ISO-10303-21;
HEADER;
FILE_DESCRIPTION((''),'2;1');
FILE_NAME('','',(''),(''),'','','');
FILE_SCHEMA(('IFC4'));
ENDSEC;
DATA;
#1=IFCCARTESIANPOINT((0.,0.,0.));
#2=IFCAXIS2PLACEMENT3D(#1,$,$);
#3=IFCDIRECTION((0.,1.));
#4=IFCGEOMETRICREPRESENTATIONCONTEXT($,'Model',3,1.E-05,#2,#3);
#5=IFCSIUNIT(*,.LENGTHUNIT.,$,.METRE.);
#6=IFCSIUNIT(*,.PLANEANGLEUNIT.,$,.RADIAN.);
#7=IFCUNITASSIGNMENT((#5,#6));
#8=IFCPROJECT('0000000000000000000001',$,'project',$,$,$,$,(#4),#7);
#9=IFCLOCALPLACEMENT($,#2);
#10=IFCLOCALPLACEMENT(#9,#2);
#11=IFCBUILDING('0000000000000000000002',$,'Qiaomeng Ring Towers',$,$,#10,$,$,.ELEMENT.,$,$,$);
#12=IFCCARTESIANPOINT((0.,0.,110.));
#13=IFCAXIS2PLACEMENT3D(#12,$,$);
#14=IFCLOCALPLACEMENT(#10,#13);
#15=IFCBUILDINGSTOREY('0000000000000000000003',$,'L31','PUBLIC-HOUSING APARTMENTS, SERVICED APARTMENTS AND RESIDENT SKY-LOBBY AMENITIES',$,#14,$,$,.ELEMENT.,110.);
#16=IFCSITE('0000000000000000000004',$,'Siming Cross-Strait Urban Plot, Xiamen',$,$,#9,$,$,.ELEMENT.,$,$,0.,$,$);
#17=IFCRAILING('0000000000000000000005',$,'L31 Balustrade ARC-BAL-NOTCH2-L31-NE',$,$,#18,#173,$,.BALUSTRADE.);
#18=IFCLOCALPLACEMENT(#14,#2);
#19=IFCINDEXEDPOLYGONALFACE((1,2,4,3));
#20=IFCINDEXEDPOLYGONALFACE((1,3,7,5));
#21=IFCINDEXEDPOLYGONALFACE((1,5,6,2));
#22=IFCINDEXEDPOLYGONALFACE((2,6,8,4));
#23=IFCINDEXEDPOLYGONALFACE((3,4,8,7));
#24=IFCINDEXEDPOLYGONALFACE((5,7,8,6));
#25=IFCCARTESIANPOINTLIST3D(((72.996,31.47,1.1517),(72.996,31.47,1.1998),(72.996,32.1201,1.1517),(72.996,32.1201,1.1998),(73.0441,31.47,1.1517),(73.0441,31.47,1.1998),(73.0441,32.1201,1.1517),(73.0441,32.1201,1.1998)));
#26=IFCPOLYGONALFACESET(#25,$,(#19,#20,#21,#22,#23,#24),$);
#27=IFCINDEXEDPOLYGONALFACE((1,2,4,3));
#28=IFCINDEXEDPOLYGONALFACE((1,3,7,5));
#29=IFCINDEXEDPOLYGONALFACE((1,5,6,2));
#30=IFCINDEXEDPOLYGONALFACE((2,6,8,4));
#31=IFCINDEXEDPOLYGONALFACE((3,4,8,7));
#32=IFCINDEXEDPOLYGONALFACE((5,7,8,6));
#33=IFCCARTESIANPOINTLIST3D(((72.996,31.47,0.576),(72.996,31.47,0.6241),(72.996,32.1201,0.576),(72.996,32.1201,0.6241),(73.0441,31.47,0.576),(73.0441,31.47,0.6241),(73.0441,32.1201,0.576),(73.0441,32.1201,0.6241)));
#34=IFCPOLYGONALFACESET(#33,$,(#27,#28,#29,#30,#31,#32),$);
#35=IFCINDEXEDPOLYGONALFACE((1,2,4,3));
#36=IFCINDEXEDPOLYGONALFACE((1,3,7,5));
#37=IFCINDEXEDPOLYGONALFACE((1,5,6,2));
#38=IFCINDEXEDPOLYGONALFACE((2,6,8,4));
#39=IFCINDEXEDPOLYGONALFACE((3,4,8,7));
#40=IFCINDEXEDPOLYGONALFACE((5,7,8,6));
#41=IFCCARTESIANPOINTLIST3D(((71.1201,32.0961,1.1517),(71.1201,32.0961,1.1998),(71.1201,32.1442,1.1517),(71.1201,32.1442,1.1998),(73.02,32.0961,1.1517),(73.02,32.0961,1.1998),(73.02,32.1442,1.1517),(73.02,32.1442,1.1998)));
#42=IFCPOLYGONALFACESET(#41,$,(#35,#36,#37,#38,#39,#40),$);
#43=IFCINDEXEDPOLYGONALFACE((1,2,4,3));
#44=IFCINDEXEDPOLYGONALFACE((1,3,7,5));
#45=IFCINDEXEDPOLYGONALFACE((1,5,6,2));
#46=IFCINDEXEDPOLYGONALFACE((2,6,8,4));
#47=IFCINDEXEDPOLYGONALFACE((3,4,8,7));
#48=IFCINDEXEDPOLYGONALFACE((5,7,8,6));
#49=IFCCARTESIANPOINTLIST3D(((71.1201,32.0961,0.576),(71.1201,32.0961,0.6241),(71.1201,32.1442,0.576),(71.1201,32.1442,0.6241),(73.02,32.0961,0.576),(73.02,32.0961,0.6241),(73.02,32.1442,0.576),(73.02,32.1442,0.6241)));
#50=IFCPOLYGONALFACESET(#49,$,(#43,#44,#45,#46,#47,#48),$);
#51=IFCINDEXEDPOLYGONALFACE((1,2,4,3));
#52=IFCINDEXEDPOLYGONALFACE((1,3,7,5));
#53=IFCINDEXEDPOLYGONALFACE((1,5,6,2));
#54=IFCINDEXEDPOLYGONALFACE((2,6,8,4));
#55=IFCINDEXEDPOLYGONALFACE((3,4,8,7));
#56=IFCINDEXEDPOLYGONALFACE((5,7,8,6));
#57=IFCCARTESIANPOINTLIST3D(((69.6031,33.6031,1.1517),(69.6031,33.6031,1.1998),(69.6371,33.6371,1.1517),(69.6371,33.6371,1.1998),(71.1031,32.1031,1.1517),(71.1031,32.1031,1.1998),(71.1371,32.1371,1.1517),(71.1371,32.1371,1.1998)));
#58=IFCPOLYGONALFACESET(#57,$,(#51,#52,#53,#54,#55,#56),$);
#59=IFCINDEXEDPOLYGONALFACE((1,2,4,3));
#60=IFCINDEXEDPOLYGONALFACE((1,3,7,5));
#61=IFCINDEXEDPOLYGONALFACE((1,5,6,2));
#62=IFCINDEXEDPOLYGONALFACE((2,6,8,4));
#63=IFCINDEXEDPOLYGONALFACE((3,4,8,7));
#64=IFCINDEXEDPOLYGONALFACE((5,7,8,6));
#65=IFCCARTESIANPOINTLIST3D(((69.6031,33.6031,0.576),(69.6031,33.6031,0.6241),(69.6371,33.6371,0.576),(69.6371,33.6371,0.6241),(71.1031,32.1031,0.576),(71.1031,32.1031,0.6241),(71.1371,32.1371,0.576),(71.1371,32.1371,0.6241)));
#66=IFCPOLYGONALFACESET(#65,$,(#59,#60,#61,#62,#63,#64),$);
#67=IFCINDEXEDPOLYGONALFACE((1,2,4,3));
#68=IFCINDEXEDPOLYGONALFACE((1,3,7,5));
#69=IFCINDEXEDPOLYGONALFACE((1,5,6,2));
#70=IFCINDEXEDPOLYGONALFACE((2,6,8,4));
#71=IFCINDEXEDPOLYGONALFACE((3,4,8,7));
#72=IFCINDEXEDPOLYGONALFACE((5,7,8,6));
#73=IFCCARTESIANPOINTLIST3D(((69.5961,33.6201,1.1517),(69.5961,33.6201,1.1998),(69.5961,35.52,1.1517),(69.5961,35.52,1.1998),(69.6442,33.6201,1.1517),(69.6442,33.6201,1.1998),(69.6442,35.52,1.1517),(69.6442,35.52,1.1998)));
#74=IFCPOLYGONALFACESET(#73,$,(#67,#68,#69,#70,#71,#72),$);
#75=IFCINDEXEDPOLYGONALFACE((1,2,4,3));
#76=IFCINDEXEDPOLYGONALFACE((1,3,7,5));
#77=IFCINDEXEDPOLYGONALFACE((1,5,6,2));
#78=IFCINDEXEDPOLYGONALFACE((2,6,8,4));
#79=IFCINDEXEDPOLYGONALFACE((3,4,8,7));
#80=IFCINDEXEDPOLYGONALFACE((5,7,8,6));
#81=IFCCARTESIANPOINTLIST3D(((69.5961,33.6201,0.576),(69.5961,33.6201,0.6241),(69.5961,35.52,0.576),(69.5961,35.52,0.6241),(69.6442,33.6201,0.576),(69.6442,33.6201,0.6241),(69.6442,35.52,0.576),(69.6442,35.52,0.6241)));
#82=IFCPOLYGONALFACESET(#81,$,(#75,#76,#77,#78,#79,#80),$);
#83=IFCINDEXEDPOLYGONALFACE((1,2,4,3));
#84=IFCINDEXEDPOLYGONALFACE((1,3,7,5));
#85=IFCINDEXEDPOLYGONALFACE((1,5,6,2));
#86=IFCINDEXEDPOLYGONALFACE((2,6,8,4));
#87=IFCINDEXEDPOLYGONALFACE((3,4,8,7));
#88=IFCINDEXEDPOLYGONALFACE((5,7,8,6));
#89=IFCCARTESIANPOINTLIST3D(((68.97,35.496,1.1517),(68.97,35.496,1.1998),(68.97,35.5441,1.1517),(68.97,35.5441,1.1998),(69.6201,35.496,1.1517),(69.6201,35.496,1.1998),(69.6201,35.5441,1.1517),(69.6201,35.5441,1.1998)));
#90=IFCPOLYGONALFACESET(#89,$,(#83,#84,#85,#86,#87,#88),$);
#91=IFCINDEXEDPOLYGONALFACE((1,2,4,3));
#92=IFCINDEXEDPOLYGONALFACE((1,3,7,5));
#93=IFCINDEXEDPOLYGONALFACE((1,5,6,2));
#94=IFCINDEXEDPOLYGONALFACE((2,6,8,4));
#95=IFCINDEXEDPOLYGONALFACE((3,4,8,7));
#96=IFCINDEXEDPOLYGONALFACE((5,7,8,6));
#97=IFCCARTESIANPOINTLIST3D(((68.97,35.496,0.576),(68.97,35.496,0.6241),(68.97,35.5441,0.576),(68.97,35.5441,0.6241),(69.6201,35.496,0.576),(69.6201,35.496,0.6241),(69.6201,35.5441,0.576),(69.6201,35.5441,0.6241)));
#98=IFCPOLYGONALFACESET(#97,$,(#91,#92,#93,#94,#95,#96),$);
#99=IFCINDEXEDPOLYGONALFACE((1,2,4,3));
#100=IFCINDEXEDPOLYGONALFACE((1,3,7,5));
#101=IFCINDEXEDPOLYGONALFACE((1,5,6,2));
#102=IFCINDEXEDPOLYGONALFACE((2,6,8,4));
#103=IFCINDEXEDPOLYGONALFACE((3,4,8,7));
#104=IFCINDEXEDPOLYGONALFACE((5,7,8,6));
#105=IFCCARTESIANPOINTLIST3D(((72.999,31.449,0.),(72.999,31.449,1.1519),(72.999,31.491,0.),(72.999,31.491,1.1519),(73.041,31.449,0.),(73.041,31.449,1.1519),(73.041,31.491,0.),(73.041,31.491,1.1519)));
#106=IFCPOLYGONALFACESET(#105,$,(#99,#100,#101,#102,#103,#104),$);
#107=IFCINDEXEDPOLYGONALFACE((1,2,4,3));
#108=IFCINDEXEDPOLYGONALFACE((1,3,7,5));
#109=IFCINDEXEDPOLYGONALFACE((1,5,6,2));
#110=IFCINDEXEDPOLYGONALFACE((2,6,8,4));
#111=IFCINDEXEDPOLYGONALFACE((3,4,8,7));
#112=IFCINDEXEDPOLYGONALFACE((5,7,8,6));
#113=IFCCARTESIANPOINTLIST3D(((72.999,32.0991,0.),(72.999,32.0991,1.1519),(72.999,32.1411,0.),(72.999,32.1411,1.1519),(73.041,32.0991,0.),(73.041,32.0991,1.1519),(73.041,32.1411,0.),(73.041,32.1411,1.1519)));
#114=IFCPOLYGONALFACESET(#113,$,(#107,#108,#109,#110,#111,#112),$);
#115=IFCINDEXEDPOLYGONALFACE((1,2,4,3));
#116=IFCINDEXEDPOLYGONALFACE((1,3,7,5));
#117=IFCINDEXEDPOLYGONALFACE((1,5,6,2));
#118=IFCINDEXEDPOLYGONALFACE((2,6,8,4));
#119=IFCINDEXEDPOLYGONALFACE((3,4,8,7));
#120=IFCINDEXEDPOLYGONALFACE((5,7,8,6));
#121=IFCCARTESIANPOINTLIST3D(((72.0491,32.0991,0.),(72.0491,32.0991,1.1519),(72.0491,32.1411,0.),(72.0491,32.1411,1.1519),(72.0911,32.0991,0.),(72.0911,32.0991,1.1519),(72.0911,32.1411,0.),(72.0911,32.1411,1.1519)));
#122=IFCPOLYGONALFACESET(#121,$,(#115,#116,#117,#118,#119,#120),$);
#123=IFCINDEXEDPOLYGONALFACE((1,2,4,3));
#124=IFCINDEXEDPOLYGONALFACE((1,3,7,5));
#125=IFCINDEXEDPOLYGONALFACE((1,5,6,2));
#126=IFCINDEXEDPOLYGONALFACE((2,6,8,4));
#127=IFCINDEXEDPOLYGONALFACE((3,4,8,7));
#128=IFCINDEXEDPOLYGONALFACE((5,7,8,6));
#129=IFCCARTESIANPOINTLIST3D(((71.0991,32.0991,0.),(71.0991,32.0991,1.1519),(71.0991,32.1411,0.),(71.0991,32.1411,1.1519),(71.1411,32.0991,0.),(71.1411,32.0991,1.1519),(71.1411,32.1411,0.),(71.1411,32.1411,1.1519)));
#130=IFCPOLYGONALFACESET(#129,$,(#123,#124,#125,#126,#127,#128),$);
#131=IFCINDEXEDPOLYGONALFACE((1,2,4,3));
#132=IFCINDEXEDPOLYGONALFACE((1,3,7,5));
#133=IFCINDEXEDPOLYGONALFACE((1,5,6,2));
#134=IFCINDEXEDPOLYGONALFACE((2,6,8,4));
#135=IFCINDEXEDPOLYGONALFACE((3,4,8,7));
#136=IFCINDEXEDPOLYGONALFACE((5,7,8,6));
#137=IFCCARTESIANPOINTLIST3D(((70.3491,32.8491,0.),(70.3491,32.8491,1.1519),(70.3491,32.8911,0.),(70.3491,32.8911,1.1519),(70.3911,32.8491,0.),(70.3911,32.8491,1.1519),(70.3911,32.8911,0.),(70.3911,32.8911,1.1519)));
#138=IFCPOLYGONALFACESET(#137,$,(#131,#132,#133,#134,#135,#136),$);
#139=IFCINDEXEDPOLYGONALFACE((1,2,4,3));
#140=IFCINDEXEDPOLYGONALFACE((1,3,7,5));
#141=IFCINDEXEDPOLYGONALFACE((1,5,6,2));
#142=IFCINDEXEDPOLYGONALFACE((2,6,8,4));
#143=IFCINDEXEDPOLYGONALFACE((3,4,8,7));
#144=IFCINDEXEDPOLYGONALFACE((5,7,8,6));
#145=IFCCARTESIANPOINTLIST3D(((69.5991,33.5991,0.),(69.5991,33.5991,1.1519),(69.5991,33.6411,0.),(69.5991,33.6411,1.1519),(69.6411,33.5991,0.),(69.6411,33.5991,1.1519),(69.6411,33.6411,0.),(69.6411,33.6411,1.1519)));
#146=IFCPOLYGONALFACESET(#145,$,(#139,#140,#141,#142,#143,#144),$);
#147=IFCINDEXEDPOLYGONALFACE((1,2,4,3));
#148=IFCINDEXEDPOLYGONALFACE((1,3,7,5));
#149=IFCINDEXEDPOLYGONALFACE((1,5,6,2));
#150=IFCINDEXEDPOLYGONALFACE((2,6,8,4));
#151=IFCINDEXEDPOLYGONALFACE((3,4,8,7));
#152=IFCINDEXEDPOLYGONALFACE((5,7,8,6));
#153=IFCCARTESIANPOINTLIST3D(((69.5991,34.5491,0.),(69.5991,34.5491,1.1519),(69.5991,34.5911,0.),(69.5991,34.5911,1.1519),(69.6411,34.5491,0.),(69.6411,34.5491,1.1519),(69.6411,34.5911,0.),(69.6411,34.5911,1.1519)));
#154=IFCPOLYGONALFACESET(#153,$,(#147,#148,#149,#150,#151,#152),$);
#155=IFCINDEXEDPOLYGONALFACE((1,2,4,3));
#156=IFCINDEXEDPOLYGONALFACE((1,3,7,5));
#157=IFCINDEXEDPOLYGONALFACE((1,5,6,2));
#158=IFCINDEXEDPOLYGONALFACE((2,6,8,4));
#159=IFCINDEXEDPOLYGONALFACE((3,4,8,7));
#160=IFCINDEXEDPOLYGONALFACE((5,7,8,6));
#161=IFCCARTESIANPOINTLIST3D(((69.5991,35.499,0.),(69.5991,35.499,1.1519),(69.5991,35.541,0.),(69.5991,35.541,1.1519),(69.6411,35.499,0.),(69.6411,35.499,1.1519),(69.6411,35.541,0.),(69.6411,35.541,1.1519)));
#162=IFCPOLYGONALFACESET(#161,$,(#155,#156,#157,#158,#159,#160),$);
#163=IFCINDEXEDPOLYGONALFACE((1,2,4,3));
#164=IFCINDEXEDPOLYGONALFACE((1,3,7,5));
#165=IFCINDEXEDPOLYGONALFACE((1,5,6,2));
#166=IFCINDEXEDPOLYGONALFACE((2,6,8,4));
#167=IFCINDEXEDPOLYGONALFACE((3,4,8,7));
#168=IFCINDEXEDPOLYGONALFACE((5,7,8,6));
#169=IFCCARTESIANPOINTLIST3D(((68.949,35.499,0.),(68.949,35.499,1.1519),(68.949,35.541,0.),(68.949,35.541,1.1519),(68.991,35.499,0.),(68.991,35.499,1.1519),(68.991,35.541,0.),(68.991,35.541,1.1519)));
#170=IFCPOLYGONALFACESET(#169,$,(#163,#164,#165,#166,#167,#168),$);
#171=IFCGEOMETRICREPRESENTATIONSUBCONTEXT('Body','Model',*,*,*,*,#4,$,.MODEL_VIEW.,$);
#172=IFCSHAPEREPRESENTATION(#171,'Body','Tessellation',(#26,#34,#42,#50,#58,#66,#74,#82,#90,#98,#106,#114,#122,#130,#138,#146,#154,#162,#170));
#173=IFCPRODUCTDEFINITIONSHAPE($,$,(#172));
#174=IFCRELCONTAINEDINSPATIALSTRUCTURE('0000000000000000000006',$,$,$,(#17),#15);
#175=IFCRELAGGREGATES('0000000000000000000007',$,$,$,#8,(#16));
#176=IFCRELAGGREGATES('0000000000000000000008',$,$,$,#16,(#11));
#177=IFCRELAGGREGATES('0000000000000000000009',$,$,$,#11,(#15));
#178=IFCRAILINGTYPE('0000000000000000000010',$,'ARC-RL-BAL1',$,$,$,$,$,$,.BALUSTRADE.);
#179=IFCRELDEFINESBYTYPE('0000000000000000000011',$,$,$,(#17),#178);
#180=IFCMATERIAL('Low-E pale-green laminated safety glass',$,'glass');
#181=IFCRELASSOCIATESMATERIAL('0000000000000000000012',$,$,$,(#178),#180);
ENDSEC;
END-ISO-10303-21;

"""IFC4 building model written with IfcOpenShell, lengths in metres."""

from ifc_helpers import new_model, si_unit, direction, frame, origin, origin_2d, place, context, subcontext, project, spatial, rectangle, extrude, material, type_object, element, save


model = new_model("IFC4")

# Units and contexts
model_context = context("Model", 3, precision=1e-05, world=origin(), true_north=direction((0.0, 1.0)))
body_context = subcontext(model_context, "Body", "Model", "MODEL_VIEW")
ifc_project = project(units=[si_unit("LENGTHUNIT", "METRE"), si_unit("PLANEANGLEUNIT", "RADIAN")], contexts=[model_context])

# Site, building, storey
site_placement = place(None, origin())
site = spatial("IfcSite", under=ifc_project, at=site_placement, Name="Siming Cross-Strait Urban Plot, Xiamen", CompositionType="ELEMENT", RefElevation=0.0)
building_placement = place(site_placement, origin())
building = spatial("IfcBuilding", under=site, at=building_placement, Name="Qiaomeng Ring Towers", CompositionType="ELEMENT")
storey_placement = place(building_placement, frame((0.0, 0.0, 110.0)))
storey = spatial("IfcBuildingStorey", under=building, at=storey_placement, Name="L31", Description="PUBLIC-HOUSING APARTMENTS, SERVICED APARTMENTS AND RESIDENT SKY-LOBBY AMENITIES", CompositionType="ELEMENT", Elevation=110.0)

# Railing
ifc_material_1 = material(Name="Low-E pale-green laminated safety glass", Category="glass")
railing_type = type_object("IfcRailingType", Name="ARC-RL-BAL1", PredefinedType="BALUSTRADE", material=ifc_material_1)
railing_1_placement = place(storey_placement, frame((73.02, 31.47, 0.0)))
element("IfcRailing", 1, at=railing_1_placement, inside=storey, type_object=railing_type, Name="L31 Balustrade ARC-BAL-NOTCH2-L31-NE", PredefinedType="BALUSTRADE", context=body_context, shape_type="SweptSolid", body=[
    extrude(rectangle(XDim=0.0481, YDim=0.0481, at=origin_2d()), frame((0.0, 0.0, 1.1758), z_axis=(0.0, 1.0, 0.0), x_axis=(-1.0, 0.0, 0.0)), (0.0, 0.0, 1.0), 0.6501),
    extrude(rectangle(XDim=0.0481, YDim=0.0481, at=origin_2d()), frame((0.0, 0.0, 0.6001), z_axis=(0.0, 1.0, 0.0), x_axis=(-1.0, 0.0, 0.0)), (0.0, 0.0, 1.0), 0.6501),
    extrude(rectangle(XDim=0.0481, YDim=0.0481, at=origin_2d()), frame((0.0, 0.6501, 1.1758), z_axis=(-1.0, 0.0, 0.0), x_axis=(0.0, -1.0, 0.0)), (0.0, 0.0, 1.0), 1.8999),
    extrude(rectangle(XDim=0.0481, YDim=0.0481, at=origin_2d()), frame((0.0, 0.6501, 0.6001), z_axis=(-1.0, 0.0, 0.0), x_axis=(0.0, -1.0, 0.0)), (0.0, 0.0, 1.0), 1.8999),
    extrude(rectangle(XDim=0.0481, YDim=0.0481, at=origin_2d()), frame((-1.8999, 0.6501, 1.1758), z_axis=(-0.707107, 0.707107, 0.0), x_axis=(-0.707107, -0.707107, 0.0)), (0.0, 0.0, 1.0), 2.1213),
    extrude(rectangle(XDim=0.0481, YDim=0.0481, at=origin_2d()), frame((-1.8999, 0.6501, 0.6001), z_axis=(-0.707107, 0.707107, 0.0), x_axis=(-0.707107, -0.707107, 0.0)), (0.0, 0.0, 1.0), 2.1213),
    extrude(rectangle(XDim=0.0481, YDim=0.0481, at=origin_2d()), frame((-3.3999, 2.1501, 1.1758), z_axis=(0.0, 1.0, 0.0), x_axis=(-1.0, 0.0, 0.0)), (0.0, 0.0, 1.0), 1.8999),
    extrude(rectangle(XDim=0.0481, YDim=0.0481, at=origin_2d()), frame((-3.3999, 2.1501, 0.6001), z_axis=(0.0, 1.0, 0.0), x_axis=(-1.0, 0.0, 0.0)), (0.0, 0.0, 1.0), 1.8999),
    extrude(rectangle(XDim=0.0481, YDim=0.0481, at=origin_2d()), frame((-3.3999, 4.05, 1.1758), z_axis=(-1.0, 0.0, 0.0), x_axis=(0.0, -1.0, 0.0)), (0.0, 0.0, 1.0), 0.6501),
    extrude(rectangle(XDim=0.0481, YDim=0.0481, at=origin_2d()), frame((-3.3999, 4.05, 0.6001), z_axis=(-1.0, 0.0, 0.0), x_axis=(0.0, -1.0, 0.0)), (0.0, 0.0, 1.0), 0.6501),
    extrude(rectangle(XDim=0.042, YDim=0.042, at=origin_2d()), origin(), (0.0, 0.0, 1.0), 1.1519),
    extrude(rectangle(XDim=0.042, YDim=0.042, at=origin_2d()), frame((0.0, 0.6501, 0.0)), (0.0, 0.0, 1.0), 1.1519),
    extrude(rectangle(XDim=0.042, YDim=0.042, at=origin_2d()), frame((-0.95, 0.6501, 0.0)), (0.0, 0.0, 1.0), 1.1519),
    extrude(rectangle(XDim=0.042, YDim=0.042, at=origin_2d()), frame((-1.8999, 0.6501, 0.0)), (0.0, 0.0, 1.0), 1.1519),
    extrude(rectangle(XDim=0.042, YDim=0.042, at=origin_2d()), frame((-2.6499, 1.4001, 0.0)), (0.0, 0.0, 1.0), 1.1519),
    extrude(rectangle(XDim=0.042, YDim=0.042, at=origin_2d()), frame((-3.3999, 2.1501, 0.0)), (0.0, 0.0, 1.0), 1.1519),
    extrude(rectangle(XDim=0.042, YDim=0.042, at=origin_2d()), frame((-3.3999, 3.1001, 0.0)), (0.0, 0.0, 1.0), 1.1519),
    extrude(rectangle(XDim=0.042, YDim=0.042, at=origin_2d()), frame((-3.3999, 4.05, 0.0)), (0.0, 0.0, 1.0), 1.1519),
    extrude(rectangle(XDim=0.042, YDim=0.042, at=origin_2d()), frame((-4.05, 4.05, 0.0)), (0.0, 0.0, 1.0), 1.1519),
])

save(model, "model.ifc")
